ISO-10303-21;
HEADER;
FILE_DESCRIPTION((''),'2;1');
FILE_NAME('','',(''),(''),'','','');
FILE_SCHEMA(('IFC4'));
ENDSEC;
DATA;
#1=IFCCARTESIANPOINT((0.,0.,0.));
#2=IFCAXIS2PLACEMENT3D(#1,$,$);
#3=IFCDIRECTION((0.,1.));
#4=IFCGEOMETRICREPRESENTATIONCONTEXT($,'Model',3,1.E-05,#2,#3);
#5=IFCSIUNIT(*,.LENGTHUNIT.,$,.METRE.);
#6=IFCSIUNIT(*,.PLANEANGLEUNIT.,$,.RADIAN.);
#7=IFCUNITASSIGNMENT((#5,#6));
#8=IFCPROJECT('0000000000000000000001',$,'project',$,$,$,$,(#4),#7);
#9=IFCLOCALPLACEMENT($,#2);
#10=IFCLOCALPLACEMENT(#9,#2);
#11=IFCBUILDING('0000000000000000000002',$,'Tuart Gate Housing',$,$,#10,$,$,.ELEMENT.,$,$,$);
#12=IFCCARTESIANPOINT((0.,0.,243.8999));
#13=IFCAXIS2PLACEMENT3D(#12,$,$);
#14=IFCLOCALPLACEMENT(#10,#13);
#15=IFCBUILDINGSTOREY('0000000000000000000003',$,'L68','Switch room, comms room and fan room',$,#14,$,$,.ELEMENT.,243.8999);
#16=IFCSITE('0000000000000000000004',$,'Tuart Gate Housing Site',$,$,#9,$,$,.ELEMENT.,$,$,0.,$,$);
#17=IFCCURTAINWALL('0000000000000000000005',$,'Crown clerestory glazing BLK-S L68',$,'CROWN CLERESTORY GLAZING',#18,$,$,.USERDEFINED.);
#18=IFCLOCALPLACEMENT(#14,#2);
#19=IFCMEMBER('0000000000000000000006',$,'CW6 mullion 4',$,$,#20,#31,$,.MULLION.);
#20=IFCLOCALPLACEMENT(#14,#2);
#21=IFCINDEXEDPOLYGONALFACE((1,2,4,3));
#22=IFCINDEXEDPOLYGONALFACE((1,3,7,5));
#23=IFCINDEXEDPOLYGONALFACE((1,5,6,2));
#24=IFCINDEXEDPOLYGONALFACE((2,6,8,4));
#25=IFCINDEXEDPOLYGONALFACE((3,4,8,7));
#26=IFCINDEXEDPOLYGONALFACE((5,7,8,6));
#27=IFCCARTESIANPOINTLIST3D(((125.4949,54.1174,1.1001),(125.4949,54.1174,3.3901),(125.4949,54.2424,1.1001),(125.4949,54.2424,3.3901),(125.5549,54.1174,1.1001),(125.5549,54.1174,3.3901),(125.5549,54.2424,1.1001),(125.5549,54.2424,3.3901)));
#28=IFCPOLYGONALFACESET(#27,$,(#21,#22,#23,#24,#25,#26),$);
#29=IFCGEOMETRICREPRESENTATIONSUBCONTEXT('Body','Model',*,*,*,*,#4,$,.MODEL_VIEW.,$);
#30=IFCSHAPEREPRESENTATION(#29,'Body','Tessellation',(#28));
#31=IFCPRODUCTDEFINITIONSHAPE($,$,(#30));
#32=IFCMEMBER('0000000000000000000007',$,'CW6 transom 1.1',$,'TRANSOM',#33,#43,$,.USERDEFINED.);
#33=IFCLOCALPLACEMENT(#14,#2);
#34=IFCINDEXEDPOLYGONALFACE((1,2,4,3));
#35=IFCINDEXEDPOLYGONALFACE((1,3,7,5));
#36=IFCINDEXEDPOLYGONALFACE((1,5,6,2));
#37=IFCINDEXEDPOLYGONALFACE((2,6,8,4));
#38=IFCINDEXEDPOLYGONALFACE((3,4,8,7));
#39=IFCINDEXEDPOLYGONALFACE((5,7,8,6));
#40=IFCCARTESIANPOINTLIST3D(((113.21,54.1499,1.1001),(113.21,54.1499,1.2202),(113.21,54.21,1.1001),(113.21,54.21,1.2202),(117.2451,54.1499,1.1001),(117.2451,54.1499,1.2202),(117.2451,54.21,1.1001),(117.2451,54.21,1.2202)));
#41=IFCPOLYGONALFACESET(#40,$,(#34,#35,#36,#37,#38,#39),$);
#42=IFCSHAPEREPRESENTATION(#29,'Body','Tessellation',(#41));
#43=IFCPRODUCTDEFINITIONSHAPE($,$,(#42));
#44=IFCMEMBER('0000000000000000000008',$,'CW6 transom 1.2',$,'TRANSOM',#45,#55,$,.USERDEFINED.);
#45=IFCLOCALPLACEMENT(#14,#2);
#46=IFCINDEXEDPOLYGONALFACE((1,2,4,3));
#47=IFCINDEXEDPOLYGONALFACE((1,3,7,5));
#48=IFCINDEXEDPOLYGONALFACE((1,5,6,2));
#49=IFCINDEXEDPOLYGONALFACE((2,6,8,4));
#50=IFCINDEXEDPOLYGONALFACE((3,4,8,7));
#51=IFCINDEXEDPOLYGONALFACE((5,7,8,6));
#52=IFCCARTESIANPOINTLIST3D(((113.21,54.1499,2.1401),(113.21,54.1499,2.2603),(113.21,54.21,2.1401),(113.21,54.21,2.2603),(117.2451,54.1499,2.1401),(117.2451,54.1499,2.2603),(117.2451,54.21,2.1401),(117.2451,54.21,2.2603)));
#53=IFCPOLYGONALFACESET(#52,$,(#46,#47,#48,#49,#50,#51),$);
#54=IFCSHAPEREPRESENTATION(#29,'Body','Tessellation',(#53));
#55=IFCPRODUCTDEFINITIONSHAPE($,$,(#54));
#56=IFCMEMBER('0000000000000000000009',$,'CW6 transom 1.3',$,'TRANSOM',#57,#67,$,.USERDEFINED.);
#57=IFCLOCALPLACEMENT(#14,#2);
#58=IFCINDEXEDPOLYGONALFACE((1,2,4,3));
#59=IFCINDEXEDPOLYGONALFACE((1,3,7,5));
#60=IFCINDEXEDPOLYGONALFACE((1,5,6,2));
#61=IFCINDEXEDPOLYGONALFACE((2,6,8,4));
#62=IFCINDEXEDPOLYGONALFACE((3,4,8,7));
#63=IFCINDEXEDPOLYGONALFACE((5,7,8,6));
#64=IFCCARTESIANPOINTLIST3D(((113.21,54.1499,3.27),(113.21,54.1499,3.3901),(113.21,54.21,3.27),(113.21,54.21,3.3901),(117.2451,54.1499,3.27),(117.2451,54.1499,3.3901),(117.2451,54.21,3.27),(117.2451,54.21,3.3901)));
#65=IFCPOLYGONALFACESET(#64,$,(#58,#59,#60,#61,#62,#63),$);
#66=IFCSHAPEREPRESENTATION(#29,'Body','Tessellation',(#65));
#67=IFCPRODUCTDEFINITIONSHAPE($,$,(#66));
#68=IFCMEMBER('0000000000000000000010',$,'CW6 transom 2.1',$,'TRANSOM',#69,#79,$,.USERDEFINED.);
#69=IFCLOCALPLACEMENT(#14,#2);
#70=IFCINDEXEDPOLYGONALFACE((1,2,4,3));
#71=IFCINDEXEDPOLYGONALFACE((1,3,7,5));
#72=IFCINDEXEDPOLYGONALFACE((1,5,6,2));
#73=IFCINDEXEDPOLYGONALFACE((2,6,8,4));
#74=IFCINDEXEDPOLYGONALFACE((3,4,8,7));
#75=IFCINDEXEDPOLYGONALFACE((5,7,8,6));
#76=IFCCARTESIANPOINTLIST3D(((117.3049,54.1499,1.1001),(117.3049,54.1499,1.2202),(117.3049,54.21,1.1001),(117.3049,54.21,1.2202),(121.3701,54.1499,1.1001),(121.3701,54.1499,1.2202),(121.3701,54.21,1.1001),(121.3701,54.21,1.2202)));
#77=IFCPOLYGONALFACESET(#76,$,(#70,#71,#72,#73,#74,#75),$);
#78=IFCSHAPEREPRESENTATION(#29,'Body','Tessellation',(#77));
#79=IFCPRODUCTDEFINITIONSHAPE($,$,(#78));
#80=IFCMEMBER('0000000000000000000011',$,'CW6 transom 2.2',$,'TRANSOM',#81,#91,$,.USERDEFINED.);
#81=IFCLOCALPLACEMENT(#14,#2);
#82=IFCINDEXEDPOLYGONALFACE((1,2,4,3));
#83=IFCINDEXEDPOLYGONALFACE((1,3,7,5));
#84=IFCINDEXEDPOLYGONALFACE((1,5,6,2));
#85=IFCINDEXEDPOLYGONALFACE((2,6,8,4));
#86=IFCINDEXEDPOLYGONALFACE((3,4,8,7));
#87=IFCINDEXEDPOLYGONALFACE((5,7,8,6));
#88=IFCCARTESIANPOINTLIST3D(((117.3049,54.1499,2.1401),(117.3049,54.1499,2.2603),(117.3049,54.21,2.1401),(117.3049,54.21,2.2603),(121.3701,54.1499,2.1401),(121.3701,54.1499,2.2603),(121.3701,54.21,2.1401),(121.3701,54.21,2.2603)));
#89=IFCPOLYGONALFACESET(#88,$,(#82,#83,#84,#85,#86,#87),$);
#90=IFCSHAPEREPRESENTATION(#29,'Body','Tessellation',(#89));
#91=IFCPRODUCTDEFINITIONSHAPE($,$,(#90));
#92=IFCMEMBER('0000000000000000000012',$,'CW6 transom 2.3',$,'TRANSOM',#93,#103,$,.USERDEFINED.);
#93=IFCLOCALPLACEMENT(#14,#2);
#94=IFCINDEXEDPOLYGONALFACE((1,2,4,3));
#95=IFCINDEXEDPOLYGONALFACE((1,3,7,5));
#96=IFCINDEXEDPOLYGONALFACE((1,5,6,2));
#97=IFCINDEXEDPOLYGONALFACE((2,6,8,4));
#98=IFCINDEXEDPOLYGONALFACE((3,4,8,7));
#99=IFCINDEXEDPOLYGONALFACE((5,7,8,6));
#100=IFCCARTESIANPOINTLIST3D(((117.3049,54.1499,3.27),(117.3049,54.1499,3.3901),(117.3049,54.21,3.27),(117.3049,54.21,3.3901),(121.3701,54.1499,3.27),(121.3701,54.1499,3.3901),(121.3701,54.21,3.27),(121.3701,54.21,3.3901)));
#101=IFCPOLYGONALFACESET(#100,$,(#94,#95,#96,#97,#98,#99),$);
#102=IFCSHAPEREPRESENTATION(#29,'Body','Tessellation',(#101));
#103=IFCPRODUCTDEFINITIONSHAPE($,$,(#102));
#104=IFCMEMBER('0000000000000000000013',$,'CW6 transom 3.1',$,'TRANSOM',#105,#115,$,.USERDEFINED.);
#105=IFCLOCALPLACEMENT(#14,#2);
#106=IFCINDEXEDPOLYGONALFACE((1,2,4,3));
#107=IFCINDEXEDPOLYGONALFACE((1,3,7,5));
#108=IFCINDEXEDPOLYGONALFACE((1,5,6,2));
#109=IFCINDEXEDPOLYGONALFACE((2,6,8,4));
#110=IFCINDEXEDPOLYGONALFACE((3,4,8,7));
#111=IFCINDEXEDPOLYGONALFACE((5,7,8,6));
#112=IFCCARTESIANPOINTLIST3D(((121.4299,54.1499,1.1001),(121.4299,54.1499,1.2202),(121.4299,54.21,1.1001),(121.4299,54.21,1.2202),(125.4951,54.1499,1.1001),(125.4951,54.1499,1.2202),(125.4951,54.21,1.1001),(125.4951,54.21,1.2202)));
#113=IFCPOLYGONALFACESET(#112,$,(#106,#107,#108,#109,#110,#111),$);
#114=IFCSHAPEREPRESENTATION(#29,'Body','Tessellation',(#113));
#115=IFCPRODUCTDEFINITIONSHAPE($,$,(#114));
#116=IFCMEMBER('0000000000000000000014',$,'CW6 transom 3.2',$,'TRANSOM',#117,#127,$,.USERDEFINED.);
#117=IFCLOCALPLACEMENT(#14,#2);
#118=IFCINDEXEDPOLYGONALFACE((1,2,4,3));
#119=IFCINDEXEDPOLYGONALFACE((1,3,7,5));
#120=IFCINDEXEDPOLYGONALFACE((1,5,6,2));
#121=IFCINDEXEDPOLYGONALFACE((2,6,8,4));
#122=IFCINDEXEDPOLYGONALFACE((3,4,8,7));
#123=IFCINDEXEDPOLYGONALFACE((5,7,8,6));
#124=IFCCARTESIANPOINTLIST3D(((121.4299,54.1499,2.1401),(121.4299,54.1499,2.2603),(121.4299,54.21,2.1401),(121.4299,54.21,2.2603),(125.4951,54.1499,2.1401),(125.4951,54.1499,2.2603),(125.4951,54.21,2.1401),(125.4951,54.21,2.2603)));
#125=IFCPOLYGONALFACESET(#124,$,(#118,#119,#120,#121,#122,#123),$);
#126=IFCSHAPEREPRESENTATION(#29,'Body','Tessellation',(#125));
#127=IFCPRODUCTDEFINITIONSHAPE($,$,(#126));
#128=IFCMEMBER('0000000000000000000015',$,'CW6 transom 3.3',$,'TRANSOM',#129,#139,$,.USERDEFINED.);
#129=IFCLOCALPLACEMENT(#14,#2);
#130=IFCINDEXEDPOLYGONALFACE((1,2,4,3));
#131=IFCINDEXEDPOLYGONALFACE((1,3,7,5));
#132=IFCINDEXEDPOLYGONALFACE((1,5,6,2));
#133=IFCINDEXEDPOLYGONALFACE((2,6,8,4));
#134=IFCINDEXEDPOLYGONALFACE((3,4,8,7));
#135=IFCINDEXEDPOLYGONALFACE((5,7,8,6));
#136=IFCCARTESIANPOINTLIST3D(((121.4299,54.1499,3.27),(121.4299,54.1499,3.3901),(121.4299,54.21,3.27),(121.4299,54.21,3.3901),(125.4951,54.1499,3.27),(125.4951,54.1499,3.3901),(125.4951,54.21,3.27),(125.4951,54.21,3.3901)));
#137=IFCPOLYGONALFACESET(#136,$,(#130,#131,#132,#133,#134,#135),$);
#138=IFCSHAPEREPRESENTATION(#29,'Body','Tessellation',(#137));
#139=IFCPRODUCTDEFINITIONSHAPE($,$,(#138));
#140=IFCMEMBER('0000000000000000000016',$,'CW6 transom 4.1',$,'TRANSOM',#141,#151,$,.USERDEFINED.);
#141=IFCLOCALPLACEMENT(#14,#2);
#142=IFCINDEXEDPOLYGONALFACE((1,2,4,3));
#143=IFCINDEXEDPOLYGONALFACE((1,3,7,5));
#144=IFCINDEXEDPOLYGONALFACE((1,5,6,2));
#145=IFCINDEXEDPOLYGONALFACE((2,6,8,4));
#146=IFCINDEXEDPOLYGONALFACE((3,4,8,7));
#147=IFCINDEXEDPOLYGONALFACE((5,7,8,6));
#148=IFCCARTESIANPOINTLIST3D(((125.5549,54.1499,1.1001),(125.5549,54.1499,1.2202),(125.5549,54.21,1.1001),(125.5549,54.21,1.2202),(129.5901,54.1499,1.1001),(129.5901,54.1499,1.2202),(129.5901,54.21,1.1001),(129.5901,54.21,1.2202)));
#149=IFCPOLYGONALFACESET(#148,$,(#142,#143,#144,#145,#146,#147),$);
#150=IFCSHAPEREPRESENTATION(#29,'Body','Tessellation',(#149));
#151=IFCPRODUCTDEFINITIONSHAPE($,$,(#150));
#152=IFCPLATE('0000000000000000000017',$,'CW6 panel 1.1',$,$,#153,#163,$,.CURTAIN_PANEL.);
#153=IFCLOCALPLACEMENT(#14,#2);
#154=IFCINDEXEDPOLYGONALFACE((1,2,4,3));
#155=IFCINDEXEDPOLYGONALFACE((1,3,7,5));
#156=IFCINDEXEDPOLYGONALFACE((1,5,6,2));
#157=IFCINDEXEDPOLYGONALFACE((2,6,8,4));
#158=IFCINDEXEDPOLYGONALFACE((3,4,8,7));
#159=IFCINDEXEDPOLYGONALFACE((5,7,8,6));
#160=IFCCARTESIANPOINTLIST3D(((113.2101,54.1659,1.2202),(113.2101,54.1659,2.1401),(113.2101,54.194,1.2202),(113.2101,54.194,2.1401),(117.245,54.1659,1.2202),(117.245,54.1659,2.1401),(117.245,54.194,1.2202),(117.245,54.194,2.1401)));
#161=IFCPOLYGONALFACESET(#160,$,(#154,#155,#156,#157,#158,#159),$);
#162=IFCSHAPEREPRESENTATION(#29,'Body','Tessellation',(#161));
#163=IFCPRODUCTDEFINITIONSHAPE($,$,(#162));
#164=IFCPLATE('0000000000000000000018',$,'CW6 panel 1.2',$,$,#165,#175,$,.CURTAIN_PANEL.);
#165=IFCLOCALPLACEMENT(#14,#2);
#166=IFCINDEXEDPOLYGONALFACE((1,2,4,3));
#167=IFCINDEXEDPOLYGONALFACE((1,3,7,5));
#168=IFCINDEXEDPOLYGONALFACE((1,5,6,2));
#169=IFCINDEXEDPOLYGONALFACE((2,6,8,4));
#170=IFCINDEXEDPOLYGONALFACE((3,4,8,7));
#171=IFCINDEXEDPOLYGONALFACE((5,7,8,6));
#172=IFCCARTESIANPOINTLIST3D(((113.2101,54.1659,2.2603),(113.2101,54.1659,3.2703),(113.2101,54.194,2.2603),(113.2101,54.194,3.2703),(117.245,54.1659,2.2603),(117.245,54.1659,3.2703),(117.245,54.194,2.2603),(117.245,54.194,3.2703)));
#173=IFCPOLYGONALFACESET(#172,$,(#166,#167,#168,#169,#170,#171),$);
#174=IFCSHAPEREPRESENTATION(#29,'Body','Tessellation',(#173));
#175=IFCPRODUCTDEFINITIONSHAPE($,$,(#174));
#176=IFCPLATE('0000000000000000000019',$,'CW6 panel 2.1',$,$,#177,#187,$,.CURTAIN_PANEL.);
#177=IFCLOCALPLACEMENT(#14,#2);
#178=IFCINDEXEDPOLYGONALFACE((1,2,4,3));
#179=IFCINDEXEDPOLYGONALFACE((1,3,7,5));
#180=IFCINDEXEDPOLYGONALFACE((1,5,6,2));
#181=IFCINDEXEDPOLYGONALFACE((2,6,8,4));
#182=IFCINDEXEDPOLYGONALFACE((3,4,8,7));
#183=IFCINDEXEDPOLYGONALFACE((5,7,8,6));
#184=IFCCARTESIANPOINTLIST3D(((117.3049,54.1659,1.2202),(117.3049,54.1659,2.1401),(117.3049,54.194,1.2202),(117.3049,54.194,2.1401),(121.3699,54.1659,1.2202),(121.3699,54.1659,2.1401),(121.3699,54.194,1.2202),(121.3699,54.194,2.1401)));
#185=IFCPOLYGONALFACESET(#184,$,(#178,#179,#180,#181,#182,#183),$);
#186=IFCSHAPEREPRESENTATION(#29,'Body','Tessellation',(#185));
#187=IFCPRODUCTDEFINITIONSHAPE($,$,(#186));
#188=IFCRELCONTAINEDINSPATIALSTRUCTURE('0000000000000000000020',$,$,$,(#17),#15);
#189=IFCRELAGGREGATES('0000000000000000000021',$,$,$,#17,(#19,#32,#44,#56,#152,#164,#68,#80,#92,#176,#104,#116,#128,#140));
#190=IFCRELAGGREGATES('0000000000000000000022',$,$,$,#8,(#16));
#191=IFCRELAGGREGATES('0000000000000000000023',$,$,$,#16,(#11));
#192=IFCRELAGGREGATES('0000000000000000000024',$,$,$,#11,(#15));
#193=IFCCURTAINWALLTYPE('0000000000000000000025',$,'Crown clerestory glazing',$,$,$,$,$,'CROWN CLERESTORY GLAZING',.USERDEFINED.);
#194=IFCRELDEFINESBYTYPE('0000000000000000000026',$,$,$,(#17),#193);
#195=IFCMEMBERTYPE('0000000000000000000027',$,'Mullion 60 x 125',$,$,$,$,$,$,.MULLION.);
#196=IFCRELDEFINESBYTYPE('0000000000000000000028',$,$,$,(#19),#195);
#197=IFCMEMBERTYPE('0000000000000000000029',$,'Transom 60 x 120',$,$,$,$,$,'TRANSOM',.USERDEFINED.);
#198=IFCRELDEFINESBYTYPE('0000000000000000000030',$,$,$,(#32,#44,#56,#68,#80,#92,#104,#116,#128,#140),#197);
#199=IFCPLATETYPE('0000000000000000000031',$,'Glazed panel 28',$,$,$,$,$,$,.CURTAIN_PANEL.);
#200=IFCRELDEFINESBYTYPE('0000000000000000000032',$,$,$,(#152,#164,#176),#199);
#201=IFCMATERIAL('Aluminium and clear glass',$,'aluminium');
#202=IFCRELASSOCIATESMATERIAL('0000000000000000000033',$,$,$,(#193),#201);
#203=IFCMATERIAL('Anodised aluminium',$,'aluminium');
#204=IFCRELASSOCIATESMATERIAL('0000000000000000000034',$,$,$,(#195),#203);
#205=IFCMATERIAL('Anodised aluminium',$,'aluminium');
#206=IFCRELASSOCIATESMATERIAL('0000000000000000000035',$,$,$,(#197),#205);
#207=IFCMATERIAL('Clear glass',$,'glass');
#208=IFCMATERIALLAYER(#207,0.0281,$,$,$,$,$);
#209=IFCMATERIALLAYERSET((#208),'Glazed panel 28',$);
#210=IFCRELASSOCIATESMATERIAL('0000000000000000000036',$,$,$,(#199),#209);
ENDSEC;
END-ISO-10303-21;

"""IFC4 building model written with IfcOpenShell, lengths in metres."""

from ifc_helpers import new_model, si_unit, direction, frame, origin, origin_2d, place, context, subcontext, project, spatial, rectangle, extrude, material, layer, layer_set, material_profile, profile_set, type_object, element, aggregate, save


model = new_model("IFC4")

# Units and contexts
model_context = context("Model", 3, precision=1e-05, world=origin(), true_north=direction((0.0, 1.0)))
body_context = subcontext(model_context, "Body", "Model", "MODEL_VIEW")
ifc_project = project(units=[si_unit("LENGTHUNIT", "METRE"), si_unit("PLANEANGLEUNIT", "RADIAN")], contexts=[model_context])

# Site, building, storey
site_placement = place(None, origin())
site = spatial("IfcSite", under=ifc_project, at=site_placement, Name="Tuart Gate Housing Site", CompositionType="ELEMENT", RefElevation=0.0)
building_placement = place(site_placement, origin())
building = spatial("IfcBuilding", under=site, at=building_placement, Name="Tuart Gate Housing", CompositionType="ELEMENT")
storey_placement = place(building_placement, frame((0.0, 0.0, 243.8999)))
storey = spatial("IfcBuildingStorey", under=building, at=storey_placement, Name="L68", Description="Switch room, comms room and fan room", CompositionType="ELEMENT", Elevation=243.8999)

# Shared definitions
ifc_material_1 = material(Name="Aluminium and clear glass", Category="aluminium")
curtain_wall_type = type_object("IfcCurtainWallType", Name="Crown clerestory glazing", ElementType="CROWN CLERESTORY GLAZING", PredefinedType="USERDEFINED", material=ifc_material_1)
ifc_material_2 = material(Name="Anodised aluminium", Category="aluminium")
ifc_material_profile_1 = material_profile(ifc_material_2, rectangle(XDim=0.0601, YDim=0.125, at=origin_2d()), Name="60x125")
ifc_profile_set_1 = profile_set([ifc_material_profile_1], Name="Anodised aluminium")
member_type_1 = type_object("IfcMemberType", Name="Mullion 60 x 125", PredefinedType="MULLION", material=ifc_profile_set_1)

# Curtain wall, members, plates
curtain_wall_1_placement = place(storey_placement, origin())
curtain_wall_1 = element("IfcCurtainWall", 1, at=curtain_wall_1_placement, inside=storey, type_object=curtain_wall_type, Name="Crown clerestory glazing BLK-S L68", ObjectType="CROWN CLERESTORY GLAZING", PredefinedType="USERDEFINED")
member_1_placement = place(storey_placement, frame((125.5249, 54.1799, 1.1001), z_axis=(0.0, 0.0, 1.0), x_axis=(1.0, 0.0, 0.0)))
member_1 = element("IfcMember", 2, at=member_1_placement, type_object=member_type_1, Name="CW6 mullion 4", PredefinedType="MULLION", context=body_context, shape_type="SweptSolid", body=[
    extrude(rectangle(XDim=0.0601, YDim=0.125, at=origin_2d()), origin(), (0.0, 0.0, 1.0), 2.29),
])
ifc_material_3 = material(Name="Anodised aluminium", Category="aluminium")
ifc_material_profile_2 = material_profile(ifc_material_3, rectangle(XDim=0.0601, YDim=0.1201, at=origin_2d()), Name="60x120")
ifc_profile_set_2 = profile_set([ifc_material_profile_2], Name="Anodised aluminium")
member_type_2 = type_object("IfcMemberType", Name="Transom 60 x 120", ElementType="TRANSOM", PredefinedType="USERDEFINED", material=ifc_profile_set_2)
member_2_placement = place(storey_placement, frame((113.21, 54.1799, 1.1602), z_axis=(1.0, 0.0, 0.0), x_axis=(0.0, 1.0, 0.0)))
member_2 = element("IfcMember", 3, at=member_2_placement, type_object=member_type_2, Name="CW6 transom 1.1", ObjectType="TRANSOM", PredefinedType="USERDEFINED", context=body_context, shape_type="SweptSolid", body=[
    extrude(rectangle(XDim=0.0601, YDim=0.1201, at=origin_2d()), origin(), (0.0, 0.0, 1.0), 4.0352),
])
member_3_placement = place(storey_placement, frame((113.21, 54.1799, 2.2002), z_axis=(1.0, 0.0, 0.0), x_axis=(0.0, 1.0, 0.0)))
member_3 = element("IfcMember", 4, at=member_3_placement, type_object=member_type_2, Name="CW6 transom 1.2", ObjectType="TRANSOM", PredefinedType="USERDEFINED", context=body_context, shape_type="SweptSolid", body=[
    extrude(rectangle(XDim=0.0601, YDim=0.1201, at=origin_2d()), origin(), (0.0, 0.0, 1.0), 4.0352),
])
member_4_placement = place(storey_placement, frame((113.21, 54.1799, 3.3301), z_axis=(1.0, 0.0, 0.0), x_axis=(0.0, 1.0, 0.0)))
member_4 = element("IfcMember", 5, at=member_4_placement, type_object=member_type_2, Name="CW6 transom 1.3", ObjectType="TRANSOM", PredefinedType="USERDEFINED", context=body_context, shape_type="SweptSolid", body=[
    extrude(rectangle(XDim=0.0601, YDim=0.1201, at=origin_2d()), origin(), (0.0, 0.0, 1.0), 4.0352),
])
member_5_placement = place(storey_placement, frame((117.3049, 54.1799, 1.1602), z_axis=(1.0, 0.0, 0.0), x_axis=(0.0, 1.0, 0.0)))
member_5 = element("IfcMember", 6, at=member_5_placement, type_object=member_type_2, Name="CW6 transom 2.1", ObjectType="TRANSOM", PredefinedType="USERDEFINED", context=body_context, shape_type="SweptSolid", body=[
    extrude(rectangle(XDim=0.0601, YDim=0.1201, at=origin_2d()), origin(), (0.0, 0.0, 1.0), 4.0652),
])
member_6_placement = place(storey_placement, frame((117.3049, 54.1799, 2.2002), z_axis=(1.0, 0.0, 0.0), x_axis=(0.0, 1.0, 0.0)))
member_6 = element("IfcMember", 7, at=member_6_placement, type_object=member_type_2, Name="CW6 transom 2.2", ObjectType="TRANSOM", PredefinedType="USERDEFINED", context=body_context, shape_type="SweptSolid", body=[
    extrude(rectangle(XDim=0.0601, YDim=0.1201, at=origin_2d()), origin(), (0.0, 0.0, 1.0), 4.0652),
])
member_7_placement = place(storey_placement, frame((117.3049, 54.1799, 3.3301), z_axis=(1.0, 0.0, 0.0), x_axis=(0.0, 1.0, 0.0)))
member_7 = element("IfcMember", 8, at=member_7_placement, type_object=member_type_2, Name="CW6 transom 2.3", ObjectType="TRANSOM", PredefinedType="USERDEFINED", context=body_context, shape_type="SweptSolid", body=[
    extrude(rectangle(XDim=0.0601, YDim=0.1201, at=origin_2d()), origin(), (0.0, 0.0, 1.0), 4.0652),
])
member_8_placement = place(storey_placement, frame((121.4299, 54.1799, 1.1602), z_axis=(1.0, 0.0, 0.0), x_axis=(0.0, 1.0, 0.0)))
member_8 = element("IfcMember", 9, at=member_8_placement, type_object=member_type_2, Name="CW6 transom 3.1", ObjectType="TRANSOM", PredefinedType="USERDEFINED", context=body_context, shape_type="SweptSolid", body=[
    extrude(rectangle(XDim=0.0601, YDim=0.1201, at=origin_2d()), origin(), (0.0, 0.0, 1.0), 4.0652),
])
member_9_placement = place(storey_placement, frame((121.4299, 54.1799, 2.2002), z_axis=(1.0, 0.0, 0.0), x_axis=(0.0, 1.0, 0.0)))
member_9 = element("IfcMember", 10, at=member_9_placement, type_object=member_type_2, Name="CW6 transom 3.2", ObjectType="TRANSOM", PredefinedType="USERDEFINED", context=body_context, shape_type="SweptSolid", body=[
    extrude(rectangle(XDim=0.0601, YDim=0.1201, at=origin_2d()), origin(), (0.0, 0.0, 1.0), 4.0652),
])
member_10_placement = place(storey_placement, frame((121.4299, 54.1799, 3.3301), z_axis=(1.0, 0.0, 0.0), x_axis=(0.0, 1.0, 0.0)))
member_10 = element("IfcMember", 11, at=member_10_placement, type_object=member_type_2, Name="CW6 transom 3.3", ObjectType="TRANSOM", PredefinedType="USERDEFINED", context=body_context, shape_type="SweptSolid", body=[
    extrude(rectangle(XDim=0.0601, YDim=0.1201, at=origin_2d()), origin(), (0.0, 0.0, 1.0), 4.0652),
])
member_11_placement = place(storey_placement, frame((125.5549, 54.1799, 1.1602), z_axis=(1.0, 0.0, 0.0), x_axis=(0.0, 1.0, 0.0)))
member_11 = element("IfcMember", 12, at=member_11_placement, type_object=member_type_2, Name="CW6 transom 4.1", ObjectType="TRANSOM", PredefinedType="USERDEFINED", context=body_context, shape_type="SweptSolid", body=[
    extrude(rectangle(XDim=0.0601, YDim=0.1201, at=origin_2d()), origin(), (0.0, 0.0, 1.0), 4.0352),
])
ifc_material_4 = material(Name="Clear glass", Category="glass")
ifc_layer_1 = layer(ifc_material_4, 0.0281)
ifc_layer_set_1 = layer_set([ifc_layer_1], Name="Glazed panel 28")
plate_type = type_object("IfcPlateType", Name="Glazed panel 28", PredefinedType="CURTAIN_PANEL", material=ifc_layer_set_1)
plate_1_placement = place(storey_placement, frame((115.2275, 54.1799, 1.2202), z_axis=(0.0, 0.0, 1.0), x_axis=(1.0, 0.0, 0.0)))
plate_1 = element("IfcPlate", 13, at=plate_1_placement, type_object=plate_type, Name="CW6 panel 1.1", PredefinedType="CURTAIN_PANEL", context=body_context, shape_type="SweptSolid", body=[
    extrude(rectangle(XDim=4.0349, YDim=0.0281, at=origin_2d()), origin(), (0.0, 0.0, 1.0), 0.9199),
])
plate_2_placement = place(storey_placement, frame((115.2275, 54.1799, 2.2603), z_axis=(0.0, 0.0, 1.0), x_axis=(1.0, 0.0, 0.0)))
plate_2 = element("IfcPlate", 14, at=plate_2_placement, type_object=plate_type, Name="CW6 panel 1.2", PredefinedType="CURTAIN_PANEL", context=body_context, shape_type="SweptSolid", body=[
    extrude(rectangle(XDim=4.0349, YDim=0.0281, at=origin_2d()), origin(), (0.0, 0.0, 1.0), 1.01),
])
plate_3_placement = place(storey_placement, frame((119.3374, 54.1799, 1.2202), z_axis=(0.0, 0.0, 1.0), x_axis=(1.0, 0.0, 0.0)))
plate_3 = element("IfcPlate", 15, at=plate_3_placement, type_object=plate_type, Name="CW6 panel 2.1", PredefinedType="CURTAIN_PANEL", context=body_context, shape_type="SweptSolid", body=[
    extrude(rectangle(XDim=4.0649, YDim=0.0281, at=origin_2d()), origin(), (0.0, 0.0, 1.0), 0.9199),
])
aggregate(curtain_wall_1, [member_1, member_2, member_3, member_4, plate_1, plate_2, member_5, member_6, member_7, plate_3, member_8, member_9, member_10, member_11])

save(model, "model.ifc")
